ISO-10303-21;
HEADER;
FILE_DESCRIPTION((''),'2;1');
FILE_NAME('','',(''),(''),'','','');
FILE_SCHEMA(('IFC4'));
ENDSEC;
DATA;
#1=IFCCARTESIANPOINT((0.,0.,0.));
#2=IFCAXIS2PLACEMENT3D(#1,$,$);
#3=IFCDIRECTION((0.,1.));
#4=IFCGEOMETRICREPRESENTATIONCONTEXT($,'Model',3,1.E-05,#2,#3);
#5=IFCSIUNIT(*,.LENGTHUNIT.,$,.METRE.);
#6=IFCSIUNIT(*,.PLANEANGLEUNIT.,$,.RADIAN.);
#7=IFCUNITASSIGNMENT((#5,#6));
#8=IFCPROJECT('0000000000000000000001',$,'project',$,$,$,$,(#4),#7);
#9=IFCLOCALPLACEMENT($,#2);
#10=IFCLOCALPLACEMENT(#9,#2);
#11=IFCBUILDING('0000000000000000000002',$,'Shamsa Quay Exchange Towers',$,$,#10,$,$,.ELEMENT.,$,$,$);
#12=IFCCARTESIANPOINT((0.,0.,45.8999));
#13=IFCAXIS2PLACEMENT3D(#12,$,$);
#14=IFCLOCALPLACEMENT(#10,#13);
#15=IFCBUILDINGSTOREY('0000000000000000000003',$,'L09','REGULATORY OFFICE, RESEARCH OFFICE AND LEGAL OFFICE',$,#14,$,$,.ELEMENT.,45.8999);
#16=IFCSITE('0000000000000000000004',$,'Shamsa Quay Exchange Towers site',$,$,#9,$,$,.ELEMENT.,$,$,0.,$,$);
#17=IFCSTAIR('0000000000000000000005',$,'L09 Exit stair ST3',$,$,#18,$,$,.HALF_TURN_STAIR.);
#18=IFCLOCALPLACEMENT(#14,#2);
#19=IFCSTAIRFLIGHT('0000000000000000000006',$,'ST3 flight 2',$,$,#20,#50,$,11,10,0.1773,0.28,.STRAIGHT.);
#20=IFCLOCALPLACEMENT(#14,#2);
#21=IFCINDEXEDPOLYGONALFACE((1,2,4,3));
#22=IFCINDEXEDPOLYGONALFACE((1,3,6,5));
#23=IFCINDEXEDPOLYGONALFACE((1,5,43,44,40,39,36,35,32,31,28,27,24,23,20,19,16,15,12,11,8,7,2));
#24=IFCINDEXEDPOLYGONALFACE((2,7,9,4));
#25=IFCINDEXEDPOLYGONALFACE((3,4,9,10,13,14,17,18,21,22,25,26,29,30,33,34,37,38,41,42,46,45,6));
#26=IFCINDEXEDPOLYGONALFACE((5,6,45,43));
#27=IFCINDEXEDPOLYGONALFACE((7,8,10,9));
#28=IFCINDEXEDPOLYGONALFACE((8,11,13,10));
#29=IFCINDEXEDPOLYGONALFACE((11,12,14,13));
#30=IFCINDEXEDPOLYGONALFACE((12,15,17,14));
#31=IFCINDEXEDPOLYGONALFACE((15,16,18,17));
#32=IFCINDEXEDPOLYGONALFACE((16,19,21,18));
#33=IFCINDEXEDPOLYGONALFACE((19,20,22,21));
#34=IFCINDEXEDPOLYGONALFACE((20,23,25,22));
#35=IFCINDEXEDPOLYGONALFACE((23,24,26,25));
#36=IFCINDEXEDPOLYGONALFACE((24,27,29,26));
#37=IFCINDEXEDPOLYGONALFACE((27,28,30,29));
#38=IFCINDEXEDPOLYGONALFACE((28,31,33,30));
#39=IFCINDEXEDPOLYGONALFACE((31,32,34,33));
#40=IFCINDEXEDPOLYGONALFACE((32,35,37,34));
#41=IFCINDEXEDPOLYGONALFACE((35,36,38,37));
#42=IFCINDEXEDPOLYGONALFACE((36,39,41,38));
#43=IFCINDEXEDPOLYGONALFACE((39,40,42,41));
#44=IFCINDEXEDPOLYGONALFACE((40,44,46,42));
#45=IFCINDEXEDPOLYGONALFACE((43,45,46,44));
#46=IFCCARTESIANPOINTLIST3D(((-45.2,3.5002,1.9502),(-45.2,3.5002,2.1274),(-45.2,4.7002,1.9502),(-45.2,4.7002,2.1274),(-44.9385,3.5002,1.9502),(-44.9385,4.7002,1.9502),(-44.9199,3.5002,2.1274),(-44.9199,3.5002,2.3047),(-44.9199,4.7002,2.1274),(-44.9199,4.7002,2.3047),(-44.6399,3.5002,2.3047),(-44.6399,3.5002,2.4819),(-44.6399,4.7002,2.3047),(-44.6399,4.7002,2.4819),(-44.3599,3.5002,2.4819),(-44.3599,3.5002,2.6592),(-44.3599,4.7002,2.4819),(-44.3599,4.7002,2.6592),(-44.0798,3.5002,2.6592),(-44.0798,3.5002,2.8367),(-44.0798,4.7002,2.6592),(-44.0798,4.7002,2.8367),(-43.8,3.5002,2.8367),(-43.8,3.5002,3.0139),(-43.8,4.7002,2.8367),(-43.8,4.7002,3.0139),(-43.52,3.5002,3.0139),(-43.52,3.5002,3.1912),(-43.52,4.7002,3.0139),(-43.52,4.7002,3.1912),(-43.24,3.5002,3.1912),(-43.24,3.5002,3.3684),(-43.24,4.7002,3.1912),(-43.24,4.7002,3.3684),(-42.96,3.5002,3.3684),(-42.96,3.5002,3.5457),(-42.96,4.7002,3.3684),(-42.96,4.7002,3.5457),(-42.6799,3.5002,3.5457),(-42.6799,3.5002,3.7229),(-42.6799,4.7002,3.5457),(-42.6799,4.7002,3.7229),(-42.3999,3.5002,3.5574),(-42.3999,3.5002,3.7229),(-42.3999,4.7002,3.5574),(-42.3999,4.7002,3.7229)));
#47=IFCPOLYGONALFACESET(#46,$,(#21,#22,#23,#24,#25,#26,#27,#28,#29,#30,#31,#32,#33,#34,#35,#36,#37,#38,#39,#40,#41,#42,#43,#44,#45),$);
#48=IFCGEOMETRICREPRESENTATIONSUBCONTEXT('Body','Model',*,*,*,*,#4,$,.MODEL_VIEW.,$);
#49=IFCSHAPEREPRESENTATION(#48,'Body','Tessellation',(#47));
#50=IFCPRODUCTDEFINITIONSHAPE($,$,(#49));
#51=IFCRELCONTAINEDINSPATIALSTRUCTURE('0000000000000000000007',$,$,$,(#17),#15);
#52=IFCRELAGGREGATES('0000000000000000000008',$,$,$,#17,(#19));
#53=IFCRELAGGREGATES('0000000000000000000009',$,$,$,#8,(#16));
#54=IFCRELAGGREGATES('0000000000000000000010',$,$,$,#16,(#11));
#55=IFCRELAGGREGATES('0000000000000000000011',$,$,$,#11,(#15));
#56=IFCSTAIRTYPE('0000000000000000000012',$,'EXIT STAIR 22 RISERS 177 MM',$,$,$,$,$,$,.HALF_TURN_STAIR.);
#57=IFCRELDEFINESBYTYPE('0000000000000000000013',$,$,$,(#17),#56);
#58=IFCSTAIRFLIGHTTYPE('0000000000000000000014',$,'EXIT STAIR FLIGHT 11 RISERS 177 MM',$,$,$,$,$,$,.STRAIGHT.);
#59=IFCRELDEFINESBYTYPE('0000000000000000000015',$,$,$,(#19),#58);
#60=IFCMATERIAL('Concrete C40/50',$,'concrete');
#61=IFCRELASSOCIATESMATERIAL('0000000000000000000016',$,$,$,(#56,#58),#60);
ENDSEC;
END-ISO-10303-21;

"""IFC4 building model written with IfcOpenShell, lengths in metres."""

from ifc_helpers import new_model, si_unit, direction, frame, origin, place, context, subcontext, project, spatial, polyline, outline, extrude, material, type_object, element, aggregate, save


model = new_model("IFC4")

# Units and contexts
model_context = context("Model", 3, precision=1e-05, world=origin(), true_north=direction((0.0, 1.0)))
body_context = subcontext(model_context, "Body", "Model", "MODEL_VIEW")
ifc_project = project(units=[si_unit("LENGTHUNIT", "METRE"), si_unit("PLANEANGLEUNIT", "RADIAN")], contexts=[model_context])

# Site, building, storey
site_placement = place(None, origin())
site = spatial("IfcSite", under=ifc_project, at=site_placement, Name="Shamsa Quay Exchange Towers site", CompositionType="ELEMENT", RefElevation=0.0)
building_placement = place(site_placement, origin())
building = spatial("IfcBuilding", under=site, at=building_placement, Name="Shamsa Quay Exchange Towers", CompositionType="ELEMENT")
storey_placement = place(building_placement, frame((0.0, 0.0, 45.8999)))
storey = spatial("IfcBuildingStorey", under=building, at=storey_placement, Name="L09", Description="REGULATORY OFFICE, RESEARCH OFFICE AND LEGAL OFFICE", CompositionType="ELEMENT", Elevation=45.8999)

# Stair, stair flight
ifc_material_1 = material(Name="Concrete C40/50", Category="concrete")
stair_type = type_object("IfcStairType", Name="EXIT STAIR 22 RISERS 177 MM", PredefinedType="HALF_TURN_STAIR", material=ifc_material_1)
stair_placement = place(storey_placement, origin())
stair = element("IfcStair", 1, at=stair_placement, inside=storey, type_object=stair_type, Name="L09 Exit stair ST3", PredefinedType="HALF_TURN_STAIR")
stair_flight_type = type_object("IfcStairFlightType", Name="EXIT STAIR FLIGHT 11 RISERS 177 MM", PredefinedType="STRAIGHT", material=ifc_material_1)
stair_flight_placement = place(storey_placement, frame((-45.2, 4.1001, 1.9502)))
stair_flight = element("IfcStairFlight", 2, at=stair_flight_placement, type_object=stair_flight_type, Name="ST3 flight 2", NumberOfRisers=11, NumberOfTreads=10, PredefinedType="STRAIGHT", RiserHeight=0.1773, TreadLength=0.28, context=body_context, shape_type="SweptSolid", body=[
    extrude(outline(polyline([(0.0, 0.0), (0.0, 0.1772), (0.28, 0.1772), (0.28, 0.3545), (0.5601, 0.3545), (0.5601, 0.5317), (0.8401, 0.5317), (0.8401, 0.709), (1.1201, 0.709), (1.1201, 0.8865), (1.3999, 0.8865), (1.3999, 1.0637), (1.6799, 1.0637), (1.6799, 1.241), (1.96, 1.241), (1.96, 1.4182), (2.24, 1.4182), (2.24, 1.5955), (2.52, 1.5955), (2.52, 1.7727), (2.8, 1.7727), (2.8, 1.95), (2.8, 1.6072), (0.2615, 0.0), (0.0, 0.0)])), frame((0.0, 0.6001, 0.0), z_axis=(0.0, -1.0, 0.0), x_axis=(1.0, 0.0, 0.0)), (0.0, 0.0, 1.0), 1.2),
])
aggregate(stair, [stair_flight])

save(model, "model.ifc")
